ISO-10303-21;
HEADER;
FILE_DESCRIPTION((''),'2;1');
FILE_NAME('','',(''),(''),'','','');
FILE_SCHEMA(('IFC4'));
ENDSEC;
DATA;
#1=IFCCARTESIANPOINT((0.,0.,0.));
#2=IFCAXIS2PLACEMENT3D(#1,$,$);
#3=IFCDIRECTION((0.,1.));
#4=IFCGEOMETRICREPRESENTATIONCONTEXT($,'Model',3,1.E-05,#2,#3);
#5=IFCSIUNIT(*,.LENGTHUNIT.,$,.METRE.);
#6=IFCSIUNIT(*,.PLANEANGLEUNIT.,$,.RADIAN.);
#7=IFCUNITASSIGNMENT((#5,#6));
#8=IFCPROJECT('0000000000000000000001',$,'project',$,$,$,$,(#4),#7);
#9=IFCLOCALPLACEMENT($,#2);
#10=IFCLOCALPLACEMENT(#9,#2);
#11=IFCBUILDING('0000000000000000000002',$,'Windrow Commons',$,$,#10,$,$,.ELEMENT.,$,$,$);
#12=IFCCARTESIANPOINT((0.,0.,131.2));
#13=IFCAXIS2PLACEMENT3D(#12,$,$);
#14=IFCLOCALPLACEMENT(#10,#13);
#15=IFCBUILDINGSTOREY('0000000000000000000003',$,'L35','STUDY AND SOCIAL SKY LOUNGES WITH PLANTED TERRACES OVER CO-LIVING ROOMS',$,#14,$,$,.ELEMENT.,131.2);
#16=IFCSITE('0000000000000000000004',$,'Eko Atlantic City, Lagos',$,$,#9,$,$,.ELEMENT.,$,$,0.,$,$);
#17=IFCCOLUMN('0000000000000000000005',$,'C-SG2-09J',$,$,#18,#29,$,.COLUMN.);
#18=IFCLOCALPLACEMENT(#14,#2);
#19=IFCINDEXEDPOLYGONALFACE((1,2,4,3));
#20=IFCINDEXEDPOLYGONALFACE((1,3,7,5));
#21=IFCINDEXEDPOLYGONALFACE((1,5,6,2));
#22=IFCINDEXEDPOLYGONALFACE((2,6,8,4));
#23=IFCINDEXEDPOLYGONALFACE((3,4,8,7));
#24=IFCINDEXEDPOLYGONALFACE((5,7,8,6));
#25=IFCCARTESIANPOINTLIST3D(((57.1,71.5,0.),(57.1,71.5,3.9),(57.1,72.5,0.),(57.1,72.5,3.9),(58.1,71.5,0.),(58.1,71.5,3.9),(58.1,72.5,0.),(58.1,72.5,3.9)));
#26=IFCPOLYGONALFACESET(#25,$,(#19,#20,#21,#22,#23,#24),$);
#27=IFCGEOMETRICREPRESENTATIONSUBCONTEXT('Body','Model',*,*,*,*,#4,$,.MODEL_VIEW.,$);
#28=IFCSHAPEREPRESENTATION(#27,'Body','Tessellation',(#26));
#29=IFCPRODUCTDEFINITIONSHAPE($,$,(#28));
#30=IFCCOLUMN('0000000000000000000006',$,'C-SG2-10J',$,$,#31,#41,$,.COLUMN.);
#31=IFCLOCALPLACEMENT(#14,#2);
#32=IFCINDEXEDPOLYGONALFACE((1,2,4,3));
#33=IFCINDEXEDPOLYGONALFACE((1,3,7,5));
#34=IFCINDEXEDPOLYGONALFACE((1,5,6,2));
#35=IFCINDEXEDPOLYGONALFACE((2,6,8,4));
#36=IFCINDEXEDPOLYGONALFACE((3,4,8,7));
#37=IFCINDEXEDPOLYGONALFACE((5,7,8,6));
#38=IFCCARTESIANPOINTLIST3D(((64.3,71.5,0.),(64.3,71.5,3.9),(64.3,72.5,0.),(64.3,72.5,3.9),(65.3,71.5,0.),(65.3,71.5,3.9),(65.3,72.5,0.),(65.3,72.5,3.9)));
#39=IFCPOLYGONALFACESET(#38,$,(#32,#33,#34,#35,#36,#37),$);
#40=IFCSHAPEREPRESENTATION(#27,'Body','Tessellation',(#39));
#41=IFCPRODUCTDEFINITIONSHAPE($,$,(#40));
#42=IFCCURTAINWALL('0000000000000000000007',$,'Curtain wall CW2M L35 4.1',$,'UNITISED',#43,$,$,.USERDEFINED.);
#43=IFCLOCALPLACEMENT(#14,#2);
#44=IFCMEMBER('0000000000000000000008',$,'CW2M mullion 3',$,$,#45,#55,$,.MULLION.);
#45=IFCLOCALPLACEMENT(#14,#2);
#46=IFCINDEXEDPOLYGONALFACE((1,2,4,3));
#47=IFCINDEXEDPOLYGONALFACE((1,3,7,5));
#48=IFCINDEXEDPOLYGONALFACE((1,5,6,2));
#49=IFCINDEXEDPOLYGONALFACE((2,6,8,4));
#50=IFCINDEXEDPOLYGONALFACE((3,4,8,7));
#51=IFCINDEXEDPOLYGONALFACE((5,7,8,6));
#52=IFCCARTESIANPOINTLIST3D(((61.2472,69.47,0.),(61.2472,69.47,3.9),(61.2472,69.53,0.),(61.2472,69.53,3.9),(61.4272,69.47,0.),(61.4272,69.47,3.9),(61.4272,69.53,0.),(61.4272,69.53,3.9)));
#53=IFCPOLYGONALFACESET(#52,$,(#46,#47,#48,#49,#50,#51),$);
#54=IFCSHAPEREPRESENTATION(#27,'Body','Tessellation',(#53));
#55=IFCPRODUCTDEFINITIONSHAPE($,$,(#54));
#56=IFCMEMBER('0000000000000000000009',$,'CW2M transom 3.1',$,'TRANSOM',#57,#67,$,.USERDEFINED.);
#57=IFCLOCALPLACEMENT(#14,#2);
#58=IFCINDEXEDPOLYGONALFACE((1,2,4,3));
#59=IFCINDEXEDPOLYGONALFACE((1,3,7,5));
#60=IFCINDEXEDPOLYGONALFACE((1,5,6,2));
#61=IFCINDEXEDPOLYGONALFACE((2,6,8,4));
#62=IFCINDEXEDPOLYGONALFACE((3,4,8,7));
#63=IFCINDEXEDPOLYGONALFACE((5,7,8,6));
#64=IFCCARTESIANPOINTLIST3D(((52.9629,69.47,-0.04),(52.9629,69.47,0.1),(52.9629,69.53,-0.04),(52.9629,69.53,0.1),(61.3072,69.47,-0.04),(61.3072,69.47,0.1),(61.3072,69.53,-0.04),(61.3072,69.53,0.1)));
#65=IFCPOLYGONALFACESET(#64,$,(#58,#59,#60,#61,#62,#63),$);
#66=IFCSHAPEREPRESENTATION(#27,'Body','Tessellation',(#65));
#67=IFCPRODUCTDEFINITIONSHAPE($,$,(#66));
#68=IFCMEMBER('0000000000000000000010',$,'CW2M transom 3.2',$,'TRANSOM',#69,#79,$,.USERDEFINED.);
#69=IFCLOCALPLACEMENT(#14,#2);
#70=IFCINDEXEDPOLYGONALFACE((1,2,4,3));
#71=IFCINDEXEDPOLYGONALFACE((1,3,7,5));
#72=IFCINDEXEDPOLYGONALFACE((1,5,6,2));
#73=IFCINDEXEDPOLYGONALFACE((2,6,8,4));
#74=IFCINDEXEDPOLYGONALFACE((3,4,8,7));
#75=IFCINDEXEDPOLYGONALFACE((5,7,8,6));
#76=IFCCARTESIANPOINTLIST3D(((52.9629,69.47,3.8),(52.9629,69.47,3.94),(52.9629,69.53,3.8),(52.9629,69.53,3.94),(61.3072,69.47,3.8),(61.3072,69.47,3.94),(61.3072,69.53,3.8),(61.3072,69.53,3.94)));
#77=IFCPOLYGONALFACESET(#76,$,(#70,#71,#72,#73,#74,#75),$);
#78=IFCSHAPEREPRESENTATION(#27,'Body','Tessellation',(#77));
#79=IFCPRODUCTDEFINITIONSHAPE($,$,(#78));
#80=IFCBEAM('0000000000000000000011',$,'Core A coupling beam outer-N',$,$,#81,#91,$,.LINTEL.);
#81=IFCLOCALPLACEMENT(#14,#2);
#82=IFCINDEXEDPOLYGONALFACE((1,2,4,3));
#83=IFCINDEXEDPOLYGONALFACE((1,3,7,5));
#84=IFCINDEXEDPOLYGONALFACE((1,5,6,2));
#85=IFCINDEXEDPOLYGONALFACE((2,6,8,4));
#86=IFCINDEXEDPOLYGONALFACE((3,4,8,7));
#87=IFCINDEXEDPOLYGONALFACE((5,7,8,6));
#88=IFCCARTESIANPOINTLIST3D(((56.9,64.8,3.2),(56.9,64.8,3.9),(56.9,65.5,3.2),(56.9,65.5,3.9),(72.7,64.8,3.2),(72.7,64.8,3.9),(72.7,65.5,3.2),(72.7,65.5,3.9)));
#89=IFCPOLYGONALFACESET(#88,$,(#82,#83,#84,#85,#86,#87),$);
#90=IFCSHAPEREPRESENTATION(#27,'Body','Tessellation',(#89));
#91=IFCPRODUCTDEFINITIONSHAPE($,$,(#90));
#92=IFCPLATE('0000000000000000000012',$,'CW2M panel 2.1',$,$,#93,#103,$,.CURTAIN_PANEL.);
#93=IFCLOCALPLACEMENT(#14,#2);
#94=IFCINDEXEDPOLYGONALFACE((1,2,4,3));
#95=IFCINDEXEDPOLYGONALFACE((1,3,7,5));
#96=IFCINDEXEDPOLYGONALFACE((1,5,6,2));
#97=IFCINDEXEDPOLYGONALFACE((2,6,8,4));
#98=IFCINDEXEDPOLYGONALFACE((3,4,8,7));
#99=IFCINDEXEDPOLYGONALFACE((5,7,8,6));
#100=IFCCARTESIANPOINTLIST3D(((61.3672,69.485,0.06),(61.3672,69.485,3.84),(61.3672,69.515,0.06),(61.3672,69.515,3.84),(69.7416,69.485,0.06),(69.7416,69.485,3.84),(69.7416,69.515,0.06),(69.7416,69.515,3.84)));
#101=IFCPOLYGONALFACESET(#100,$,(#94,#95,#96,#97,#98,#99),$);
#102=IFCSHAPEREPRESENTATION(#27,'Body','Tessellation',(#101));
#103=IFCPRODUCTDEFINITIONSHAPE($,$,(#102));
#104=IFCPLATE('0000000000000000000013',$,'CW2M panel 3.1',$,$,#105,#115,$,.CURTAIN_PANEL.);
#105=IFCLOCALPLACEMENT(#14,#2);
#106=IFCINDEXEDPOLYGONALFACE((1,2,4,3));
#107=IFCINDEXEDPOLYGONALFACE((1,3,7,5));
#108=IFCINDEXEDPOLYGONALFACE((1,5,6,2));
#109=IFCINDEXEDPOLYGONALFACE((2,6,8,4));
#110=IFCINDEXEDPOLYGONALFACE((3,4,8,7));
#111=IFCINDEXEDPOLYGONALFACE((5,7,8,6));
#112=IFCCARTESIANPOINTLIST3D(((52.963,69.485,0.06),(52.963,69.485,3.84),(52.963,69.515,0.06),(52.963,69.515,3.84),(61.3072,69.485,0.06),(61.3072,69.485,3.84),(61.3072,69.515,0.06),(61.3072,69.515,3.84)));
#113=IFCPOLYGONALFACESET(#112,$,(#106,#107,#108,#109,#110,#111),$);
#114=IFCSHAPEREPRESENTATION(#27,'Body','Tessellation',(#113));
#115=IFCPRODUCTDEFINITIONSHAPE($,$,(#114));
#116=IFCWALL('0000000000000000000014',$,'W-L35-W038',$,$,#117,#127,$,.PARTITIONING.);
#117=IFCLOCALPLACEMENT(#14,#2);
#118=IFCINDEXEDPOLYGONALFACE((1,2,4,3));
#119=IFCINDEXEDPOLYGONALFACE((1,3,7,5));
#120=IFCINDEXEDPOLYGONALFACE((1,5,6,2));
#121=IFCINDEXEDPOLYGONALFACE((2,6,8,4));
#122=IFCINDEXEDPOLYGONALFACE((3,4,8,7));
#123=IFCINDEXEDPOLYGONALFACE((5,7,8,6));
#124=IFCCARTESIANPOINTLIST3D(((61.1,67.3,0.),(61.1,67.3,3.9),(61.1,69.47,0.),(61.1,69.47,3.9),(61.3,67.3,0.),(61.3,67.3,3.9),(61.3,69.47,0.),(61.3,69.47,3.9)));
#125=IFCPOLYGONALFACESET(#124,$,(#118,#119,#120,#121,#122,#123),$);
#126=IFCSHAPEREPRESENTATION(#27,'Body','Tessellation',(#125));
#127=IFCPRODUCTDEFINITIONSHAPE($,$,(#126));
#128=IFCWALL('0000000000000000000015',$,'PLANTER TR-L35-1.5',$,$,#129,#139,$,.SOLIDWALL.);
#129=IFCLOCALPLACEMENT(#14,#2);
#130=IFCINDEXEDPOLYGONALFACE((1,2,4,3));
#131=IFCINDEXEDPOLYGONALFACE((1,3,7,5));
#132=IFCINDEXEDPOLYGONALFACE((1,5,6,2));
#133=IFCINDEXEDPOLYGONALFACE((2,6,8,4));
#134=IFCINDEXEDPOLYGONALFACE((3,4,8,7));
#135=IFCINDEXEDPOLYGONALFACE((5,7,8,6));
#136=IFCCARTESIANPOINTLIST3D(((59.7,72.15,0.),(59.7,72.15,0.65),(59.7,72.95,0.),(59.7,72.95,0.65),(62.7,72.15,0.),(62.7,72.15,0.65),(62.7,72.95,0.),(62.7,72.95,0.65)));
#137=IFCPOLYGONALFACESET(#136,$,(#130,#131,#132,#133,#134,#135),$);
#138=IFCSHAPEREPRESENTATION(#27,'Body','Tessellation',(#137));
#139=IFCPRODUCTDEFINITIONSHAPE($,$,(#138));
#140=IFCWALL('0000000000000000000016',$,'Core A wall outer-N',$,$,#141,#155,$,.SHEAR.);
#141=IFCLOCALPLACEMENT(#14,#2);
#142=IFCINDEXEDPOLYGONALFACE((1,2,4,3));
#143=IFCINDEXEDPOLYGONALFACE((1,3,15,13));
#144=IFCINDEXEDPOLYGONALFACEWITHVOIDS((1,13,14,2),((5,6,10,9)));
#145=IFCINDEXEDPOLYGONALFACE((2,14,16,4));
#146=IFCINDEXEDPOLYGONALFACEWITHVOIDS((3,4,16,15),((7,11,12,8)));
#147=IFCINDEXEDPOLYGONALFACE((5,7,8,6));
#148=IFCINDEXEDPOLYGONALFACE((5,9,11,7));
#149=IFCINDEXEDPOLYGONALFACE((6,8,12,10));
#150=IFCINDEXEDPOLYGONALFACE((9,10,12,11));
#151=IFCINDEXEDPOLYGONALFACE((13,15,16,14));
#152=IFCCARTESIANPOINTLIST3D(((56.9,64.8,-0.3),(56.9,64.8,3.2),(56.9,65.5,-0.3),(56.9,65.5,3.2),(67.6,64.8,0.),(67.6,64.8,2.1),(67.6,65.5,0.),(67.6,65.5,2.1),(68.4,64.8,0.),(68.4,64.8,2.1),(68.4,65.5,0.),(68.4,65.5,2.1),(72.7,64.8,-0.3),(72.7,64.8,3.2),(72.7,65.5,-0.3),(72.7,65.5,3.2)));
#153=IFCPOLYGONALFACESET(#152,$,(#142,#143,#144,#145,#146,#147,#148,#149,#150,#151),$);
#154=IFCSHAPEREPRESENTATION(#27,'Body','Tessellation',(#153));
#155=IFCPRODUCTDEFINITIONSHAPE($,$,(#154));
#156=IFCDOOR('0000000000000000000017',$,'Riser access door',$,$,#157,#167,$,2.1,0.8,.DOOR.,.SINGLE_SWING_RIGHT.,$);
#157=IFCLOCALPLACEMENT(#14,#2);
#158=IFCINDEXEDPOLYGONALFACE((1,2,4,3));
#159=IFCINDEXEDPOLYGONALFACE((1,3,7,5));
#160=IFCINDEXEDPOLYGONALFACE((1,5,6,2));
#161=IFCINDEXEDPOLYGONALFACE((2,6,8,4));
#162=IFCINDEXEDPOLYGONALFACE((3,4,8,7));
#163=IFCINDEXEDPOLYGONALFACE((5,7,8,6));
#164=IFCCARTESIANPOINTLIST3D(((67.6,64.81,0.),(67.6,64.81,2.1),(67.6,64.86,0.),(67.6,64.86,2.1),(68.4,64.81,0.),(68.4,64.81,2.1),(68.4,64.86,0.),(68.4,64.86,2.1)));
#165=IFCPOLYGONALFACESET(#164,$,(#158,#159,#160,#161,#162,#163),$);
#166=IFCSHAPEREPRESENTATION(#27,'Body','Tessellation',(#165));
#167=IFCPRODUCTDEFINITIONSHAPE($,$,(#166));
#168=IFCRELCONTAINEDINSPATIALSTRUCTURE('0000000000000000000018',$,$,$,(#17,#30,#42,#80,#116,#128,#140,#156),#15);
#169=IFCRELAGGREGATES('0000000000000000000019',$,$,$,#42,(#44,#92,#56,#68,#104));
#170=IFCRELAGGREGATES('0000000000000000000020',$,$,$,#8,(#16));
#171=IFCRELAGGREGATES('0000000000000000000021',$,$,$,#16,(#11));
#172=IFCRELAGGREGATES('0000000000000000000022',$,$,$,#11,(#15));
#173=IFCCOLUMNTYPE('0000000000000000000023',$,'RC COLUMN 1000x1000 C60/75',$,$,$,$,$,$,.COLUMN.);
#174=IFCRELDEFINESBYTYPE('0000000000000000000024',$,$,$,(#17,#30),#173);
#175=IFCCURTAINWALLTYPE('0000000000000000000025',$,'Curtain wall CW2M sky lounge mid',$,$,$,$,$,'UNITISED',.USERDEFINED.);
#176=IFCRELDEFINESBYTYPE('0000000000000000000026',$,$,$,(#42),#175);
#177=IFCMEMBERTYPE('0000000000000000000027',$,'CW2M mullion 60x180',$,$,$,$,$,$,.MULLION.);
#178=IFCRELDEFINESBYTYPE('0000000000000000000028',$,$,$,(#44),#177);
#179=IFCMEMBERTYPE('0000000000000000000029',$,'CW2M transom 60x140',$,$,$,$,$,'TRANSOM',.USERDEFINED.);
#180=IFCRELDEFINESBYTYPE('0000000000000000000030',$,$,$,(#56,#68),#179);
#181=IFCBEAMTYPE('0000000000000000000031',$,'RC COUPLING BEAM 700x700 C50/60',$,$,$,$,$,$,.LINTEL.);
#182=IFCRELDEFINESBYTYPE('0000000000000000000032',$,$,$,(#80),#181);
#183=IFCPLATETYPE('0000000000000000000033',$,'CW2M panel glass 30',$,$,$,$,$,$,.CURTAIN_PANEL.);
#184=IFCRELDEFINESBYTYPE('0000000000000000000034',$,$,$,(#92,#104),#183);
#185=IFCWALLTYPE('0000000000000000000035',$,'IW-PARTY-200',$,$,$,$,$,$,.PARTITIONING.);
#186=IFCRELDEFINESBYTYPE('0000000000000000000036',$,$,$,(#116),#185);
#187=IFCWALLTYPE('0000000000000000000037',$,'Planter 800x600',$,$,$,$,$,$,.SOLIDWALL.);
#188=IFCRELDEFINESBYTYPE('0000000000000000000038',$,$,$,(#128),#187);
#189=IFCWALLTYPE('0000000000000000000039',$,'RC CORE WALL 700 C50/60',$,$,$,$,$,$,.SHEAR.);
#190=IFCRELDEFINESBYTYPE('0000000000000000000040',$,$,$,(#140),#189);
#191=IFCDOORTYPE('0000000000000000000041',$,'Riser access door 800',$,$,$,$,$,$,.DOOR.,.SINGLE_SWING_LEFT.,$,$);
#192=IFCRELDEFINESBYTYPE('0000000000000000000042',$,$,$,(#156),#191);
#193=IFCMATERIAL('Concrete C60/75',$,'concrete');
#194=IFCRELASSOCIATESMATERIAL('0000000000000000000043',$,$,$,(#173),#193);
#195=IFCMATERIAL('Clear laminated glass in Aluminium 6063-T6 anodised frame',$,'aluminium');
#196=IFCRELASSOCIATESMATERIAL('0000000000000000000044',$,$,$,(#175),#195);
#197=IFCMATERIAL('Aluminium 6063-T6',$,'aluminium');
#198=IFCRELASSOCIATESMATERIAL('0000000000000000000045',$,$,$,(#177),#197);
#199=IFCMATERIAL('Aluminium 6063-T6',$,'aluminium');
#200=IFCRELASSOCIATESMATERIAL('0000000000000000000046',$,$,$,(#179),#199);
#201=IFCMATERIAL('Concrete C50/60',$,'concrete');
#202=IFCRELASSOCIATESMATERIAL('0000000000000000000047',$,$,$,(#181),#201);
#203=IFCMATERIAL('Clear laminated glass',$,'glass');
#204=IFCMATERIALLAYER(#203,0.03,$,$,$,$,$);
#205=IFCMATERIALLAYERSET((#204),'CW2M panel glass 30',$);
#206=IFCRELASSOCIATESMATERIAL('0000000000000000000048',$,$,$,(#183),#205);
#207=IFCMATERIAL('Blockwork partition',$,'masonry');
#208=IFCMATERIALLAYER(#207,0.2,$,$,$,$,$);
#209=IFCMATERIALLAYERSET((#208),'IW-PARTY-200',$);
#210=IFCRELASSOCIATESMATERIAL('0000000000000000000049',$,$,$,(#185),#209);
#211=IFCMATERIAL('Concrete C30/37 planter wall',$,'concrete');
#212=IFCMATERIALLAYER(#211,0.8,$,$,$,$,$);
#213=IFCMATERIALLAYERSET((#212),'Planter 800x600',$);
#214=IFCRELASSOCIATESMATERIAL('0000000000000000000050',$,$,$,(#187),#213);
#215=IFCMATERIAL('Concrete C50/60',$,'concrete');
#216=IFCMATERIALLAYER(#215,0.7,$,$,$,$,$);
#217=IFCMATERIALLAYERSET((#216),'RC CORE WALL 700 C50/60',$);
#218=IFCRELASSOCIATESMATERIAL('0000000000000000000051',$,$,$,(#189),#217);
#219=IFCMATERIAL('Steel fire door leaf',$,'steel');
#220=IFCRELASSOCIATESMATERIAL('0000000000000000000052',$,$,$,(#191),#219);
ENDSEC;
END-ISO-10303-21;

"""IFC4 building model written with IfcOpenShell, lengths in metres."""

from ifc_helpers import new_model, si_unit, direction, frame, frame_2d, origin, origin_2d, place, context, subcontext, project, spatial, rectangle, extrude, material, layer, layer_set, material_profile, profile_set, type_object, element, fill, aggregate, save


model = new_model("IFC4")

# Units and contexts
model_context = context("Model", 3, precision=1e-05, world=origin(), true_north=direction((0.0, 1.0)))
body_context = subcontext(model_context, "Body", "Model", "MODEL_VIEW")
ifc_project = project(units=[si_unit("LENGTHUNIT", "METRE"), si_unit("PLANEANGLEUNIT", "RADIAN")], contexts=[model_context])

# Site, building, storey
site_placement = place(None, origin())
site = spatial("IfcSite", under=ifc_project, at=site_placement, Name="Eko Atlantic City, Lagos", CompositionType="ELEMENT", RefElevation=0.0)
building_placement = place(site_placement, origin())
building = spatial("IfcBuilding", under=site, at=building_placement, Name="Windrow Commons", CompositionType="ELEMENT")
storey_placement = place(building_placement, frame((0.0, 0.0, 131.2)))
storey = spatial("IfcBuildingStorey", under=building, at=storey_placement, Name="L35", Description="STUDY AND SOCIAL SKY LOUNGES WITH PLANTED TERRACES OVER CO-LIVING ROOMS", CompositionType="ELEMENT", Elevation=131.2)

# Columns
ifc_material_1 = material(Name="Concrete C60/75", Category="concrete")
ifc_material_profile_1 = material_profile(ifc_material_1, rectangle(XDim=1.0, YDim=1.0, at=origin_2d()))
ifc_profile_set_1 = profile_set([ifc_material_profile_1], Name="Concrete C60/75")
column_type = type_object("IfcColumnType", Name="RC COLUMN 1000x1000 C60/75", PredefinedType="COLUMN", material=ifc_profile_set_1)
for number, where, z_axis, x_axis, name in (
    (1, (57.6, 72.0, 0.0), (0.0, 0.0, 1.0), (1.0, 0.0, 0.0), "C-SG2-09J"),
    (2, (64.8, 72.0, 0.0), (0.0, 0.0, 1.0), (1.0, 0.0, 0.0), "C-SG2-10J"),
):
    element("IfcColumn", number, at=place(storey_placement, frame(where, z_axis=z_axis, x_axis=x_axis)), inside=storey, type_object=column_type, Name=name, PredefinedType="COLUMN", context=body_context, shape_type="SweptSolid", body=[
        extrude(rectangle(XDim=1.0, YDim=1.0, at=origin_2d()), origin(), (0.0, 0.0, 1.0), 3.9),
    ])

# Curtain wall, members
ifc_material_2 = material(Name="Clear laminated glass in Aluminium 6063-T6 anodised frame", Category="aluminium")
curtain_wall_type = type_object("IfcCurtainWallType", Name="Curtain wall CW2M sky lounge mid", ElementType="UNITISED", PredefinedType="USERDEFINED", material=ifc_material_2)
placement = place(storey_placement, origin())
curtain_wall = element("IfcCurtainWall", 3, at=placement, inside=storey, type_object=curtain_wall_type, Name="Curtain wall CW2M L35 4.1", ObjectType="UNITISED", PredefinedType="USERDEFINED")
ifc_material_3 = material(Name="Aluminium 6063-T6", Category="aluminium")
ifc_material_profile_2 = material_profile(ifc_material_3, rectangle(XDim=0.06, YDim=0.18, at=origin_2d()))
ifc_profile_set_2 = profile_set([ifc_material_profile_2], Name="Aluminium 6063-T6")
member_type_1 = type_object("IfcMemberType", Name="CW2M mullion 60x180", PredefinedType="MULLION", material=ifc_profile_set_2)
member_1_placement = place(storey_placement, frame((61.3372, 69.5, 0.0), z_axis=(0.0, 0.0, 1.0), x_axis=(0.0, -1.0, 0.0)))
member_1 = element("IfcMember", 4, at=member_1_placement, type_object=member_type_1, Name="CW2M mullion 3", PredefinedType="MULLION", context=body_context, shape_type="SweptSolid", body=[
    extrude(rectangle(XDim=0.06, YDim=0.18, at=origin_2d()), origin(), (0.0, 0.0, 1.0), 3.9),
])
ifc_material_4 = material(Name="Aluminium 6063-T6", Category="aluminium")
ifc_material_profile_3 = material_profile(ifc_material_4, rectangle(XDim=0.06, YDim=0.14, at=origin_2d()))
ifc_profile_set_3 = profile_set([ifc_material_profile_3], Name="Aluminium 6063-T6")
member_type_2 = type_object("IfcMemberType", Name="CW2M transom 60x140", ElementType="TRANSOM", PredefinedType="USERDEFINED", material=ifc_profile_set_3)
member_2_placement = place(storey_placement, frame((61.3072, 69.5, 0.03), z_axis=(-1.0, 0.0, 0.0), x_axis=(0.0, -1.0, 0.0)))
member_2 = element("IfcMember", 5, at=member_2_placement, type_object=member_type_2, Name="CW2M transom 3.1", ObjectType="TRANSOM", PredefinedType="USERDEFINED", context=body_context, shape_type="SweptSolid", body=[
    extrude(rectangle(XDim=0.06, YDim=0.14, at=origin_2d()), origin(), (0.0, 0.0, 1.0), 8.3443),
])
member_3_placement = place(storey_placement, frame((61.3072, 69.5, 3.87), z_axis=(-1.0, 0.0, 0.0), x_axis=(0.0, -1.0, 0.0)))
member_3 = element("IfcMember", 6, at=member_3_placement, type_object=member_type_2, Name="CW2M transom 3.2", ObjectType="TRANSOM", PredefinedType="USERDEFINED", context=body_context, shape_type="SweptSolid", body=[
    extrude(rectangle(XDim=0.06, YDim=0.14, at=origin_2d()), origin(), (0.0, 0.0, 1.0), 8.3443),
])

# Beam
ifc_material_5 = material(Name="Concrete C50/60", Category="concrete")
ifc_material_profile_4 = material_profile(ifc_material_5, rectangle(XDim=0.7, YDim=0.7, at=origin_2d()))
ifc_profile_set_4 = profile_set([ifc_material_profile_4], Name="Concrete C50/60")
beam_type = type_object("IfcBeamType", Name="RC COUPLING BEAM 700x700 C50/60", PredefinedType="LINTEL", material=ifc_profile_set_4)
beam_placement = place(storey_placement, frame((56.9, 65.15, 3.55), z_axis=(1.0, 0.0, 0.0), x_axis=(0.0, 1.0, 0.0)))
element("IfcBeam", 7, at=beam_placement, inside=storey, type_object=beam_type, Name="Core A coupling beam outer-N", PredefinedType="LINTEL", context=body_context, shape_type="SweptSolid", body=[
    extrude(rectangle(XDim=0.7, YDim=0.7, at=origin_2d()), origin(), (0.0, 0.0, 1.0), 15.8),
])

# Plates
ifc_material_6 = material(Name="Clear laminated glass", Category="glass")
ifc_layer_1 = layer(ifc_material_6, 0.03)
ifc_layer_set_1 = layer_set([ifc_layer_1], Name="CW2M panel glass 30")
plate_type = type_object("IfcPlateType", Name="CW2M panel glass 30", PredefinedType="CURTAIN_PANEL", material=ifc_layer_set_1)
plate_1_placement = place(storey_placement, frame((65.5544, 69.5, 0.06), z_axis=(0.0, 0.0, 1.0), x_axis=(-1.0, 0.0, 0.0)))
plate_1 = element("IfcPlate", 8, at=plate_1_placement, type_object=plate_type, Name="CW2M panel 2.1", PredefinedType="CURTAIN_PANEL", context=body_context, shape_type="SweptSolid", body=[
    extrude(rectangle(XDim=8.3743, YDim=0.03, at=origin_2d()), origin(), (0.0, 0.0, 1.0), 3.78),
])
plate_2_placement = place(storey_placement, frame((57.1351, 69.5, 0.06), z_axis=(0.0, 0.0, 1.0), x_axis=(-1.0, 0.0, 0.0)))
plate_2 = element("IfcPlate", 9, at=plate_2_placement, type_object=plate_type, Name="CW2M panel 3.1", PredefinedType="CURTAIN_PANEL", context=body_context, shape_type="SweptSolid", body=[
    extrude(rectangle(XDim=8.3443, YDim=0.03, at=origin_2d()), origin(), (0.0, 0.0, 1.0), 3.78),
])
aggregate(curtain_wall, [member_1, plate_1, member_2, member_3, plate_2])

# Walls
ifc_material_7 = material(Name="Blockwork partition", Category="masonry")
ifc_layer_2 = layer(ifc_material_7, 0.2)
ifc_layer_set_2 = layer_set([ifc_layer_2], Name="IW-PARTY-200")
wall_type_1 = type_object("IfcWallType", Name="IW-PARTY-200", PredefinedType="PARTITIONING", material=ifc_layer_set_2)
wall_1_placement = place(storey_placement, frame((61.2, 67.3, 0.0), z_axis=(0.0, 0.0, 1.0), x_axis=(0.0, 1.0, 0.0)))
element("IfcWall", 10, at=wall_1_placement, inside=storey, type_object=wall_type_1, Name="W-L35-W038", PredefinedType="PARTITIONING", context=body_context, shape_type="SweptSolid", body=[
    extrude(rectangle(XDim=2.17, YDim=0.2, at=frame_2d((1.085, 0.0))), origin(), (0.0, 0.0, 1.0), 3.9),
])
ifc_material_8 = material(Name="Concrete C30/37 planter wall", Category="concrete")
ifc_layer_3 = layer(ifc_material_8, 0.8)
ifc_layer_set_3 = layer_set([ifc_layer_3], Name="Planter 800x600")
wall_type_2 = type_object("IfcWallType", Name="Planter 800x600", PredefinedType="SOLIDWALL", material=ifc_layer_set_3)
wall_2_placement = place(storey_placement, frame((62.7, 72.55, 0.0), z_axis=(0.0, 0.0, 1.0), x_axis=(-1.0, 0.0, 0.0)))
element("IfcWall", 11, at=wall_2_placement, inside=storey, type_object=wall_type_2, Name="PLANTER TR-L35-1.5", PredefinedType="SOLIDWALL", context=body_context, shape_type="SweptSolid", body=[
    extrude(rectangle(XDim=3.0, YDim=0.8, at=frame_2d((1.5, 0.0))), origin(), (0.0, 0.0, 1.0), 0.65),
])

# Wall, opening, door
ifc_material_9 = material(Name="Concrete C50/60", Category="concrete")
ifc_layer_4 = layer(ifc_material_9, 0.7)
ifc_layer_set_4 = layer_set([ifc_layer_4], Name="RC CORE WALL 700 C50/60")
wall_type_3 = type_object("IfcWallType", Name="RC CORE WALL 700 C50/60", PredefinedType="SHEAR", material=ifc_layer_set_4)
wall_3_placement = place(storey_placement, frame((56.9, 65.15, -0.3), z_axis=(0.0, 0.0, 1.0), x_axis=(1.0, 0.0, 0.0)))
wall_3 = element("IfcWall", 12, at=wall_3_placement, inside=storey, type_object=wall_type_3, Name="Core A wall outer-N", PredefinedType="SHEAR", context=body_context, shape_type="SweptSolid", body=[
    extrude(rectangle(XDim=15.8, YDim=0.7, at=frame_2d((7.9, 0.0))), origin(), (0.0, 0.0, 1.0), 3.5),
])
opening_placement = place(wall_3_placement, frame((10.7, 0.0, 0.3)))
opening = element("IfcOpeningElement", 13, at=opening_placement, cuts=wall_3, PredefinedType="OPENING", context=body_context, shape_type="SweptSolid", body=[
    extrude(rectangle(XDim=0.8, YDim=2.1, at=frame_2d((0.4, 1.05))), frame((0.0, 0.36, 0.0), z_axis=(0.0, -1.0, 0.0), x_axis=(1.0, 0.0, 0.0)), (0.0, 0.0, 1.0), 0.72),
])
ifc_material_10 = material(Name="Steel fire door leaf", Category="steel")
door_type = type_object("IfcDoorType", Name="Riser access door 800", OperationType="SINGLE_SWING_LEFT", PredefinedType="DOOR", material=ifc_material_10)
door_placement = place(opening_placement, origin())
door = element("IfcDoor", 14, at=door_placement, inside=storey, type_object=door_type, Name="Riser access door", OperationType="SINGLE_SWING_RIGHT", OverallHeight=2.1, OverallWidth=0.8, PredefinedType="DOOR", context=body_context, shape_type="SweptSolid", body=[
    extrude(rectangle(XDim=0.8, YDim=2.1, at=frame_2d((0.4, 1.05))), frame((0.0, -0.29, 0.0), z_axis=(0.0, -1.0, 0.0), x_axis=(1.0, 0.0, 0.0)), (0.0, 0.0, 1.0), 0.05),
])
fill(opening, door)

save(model, "model.ifc")
